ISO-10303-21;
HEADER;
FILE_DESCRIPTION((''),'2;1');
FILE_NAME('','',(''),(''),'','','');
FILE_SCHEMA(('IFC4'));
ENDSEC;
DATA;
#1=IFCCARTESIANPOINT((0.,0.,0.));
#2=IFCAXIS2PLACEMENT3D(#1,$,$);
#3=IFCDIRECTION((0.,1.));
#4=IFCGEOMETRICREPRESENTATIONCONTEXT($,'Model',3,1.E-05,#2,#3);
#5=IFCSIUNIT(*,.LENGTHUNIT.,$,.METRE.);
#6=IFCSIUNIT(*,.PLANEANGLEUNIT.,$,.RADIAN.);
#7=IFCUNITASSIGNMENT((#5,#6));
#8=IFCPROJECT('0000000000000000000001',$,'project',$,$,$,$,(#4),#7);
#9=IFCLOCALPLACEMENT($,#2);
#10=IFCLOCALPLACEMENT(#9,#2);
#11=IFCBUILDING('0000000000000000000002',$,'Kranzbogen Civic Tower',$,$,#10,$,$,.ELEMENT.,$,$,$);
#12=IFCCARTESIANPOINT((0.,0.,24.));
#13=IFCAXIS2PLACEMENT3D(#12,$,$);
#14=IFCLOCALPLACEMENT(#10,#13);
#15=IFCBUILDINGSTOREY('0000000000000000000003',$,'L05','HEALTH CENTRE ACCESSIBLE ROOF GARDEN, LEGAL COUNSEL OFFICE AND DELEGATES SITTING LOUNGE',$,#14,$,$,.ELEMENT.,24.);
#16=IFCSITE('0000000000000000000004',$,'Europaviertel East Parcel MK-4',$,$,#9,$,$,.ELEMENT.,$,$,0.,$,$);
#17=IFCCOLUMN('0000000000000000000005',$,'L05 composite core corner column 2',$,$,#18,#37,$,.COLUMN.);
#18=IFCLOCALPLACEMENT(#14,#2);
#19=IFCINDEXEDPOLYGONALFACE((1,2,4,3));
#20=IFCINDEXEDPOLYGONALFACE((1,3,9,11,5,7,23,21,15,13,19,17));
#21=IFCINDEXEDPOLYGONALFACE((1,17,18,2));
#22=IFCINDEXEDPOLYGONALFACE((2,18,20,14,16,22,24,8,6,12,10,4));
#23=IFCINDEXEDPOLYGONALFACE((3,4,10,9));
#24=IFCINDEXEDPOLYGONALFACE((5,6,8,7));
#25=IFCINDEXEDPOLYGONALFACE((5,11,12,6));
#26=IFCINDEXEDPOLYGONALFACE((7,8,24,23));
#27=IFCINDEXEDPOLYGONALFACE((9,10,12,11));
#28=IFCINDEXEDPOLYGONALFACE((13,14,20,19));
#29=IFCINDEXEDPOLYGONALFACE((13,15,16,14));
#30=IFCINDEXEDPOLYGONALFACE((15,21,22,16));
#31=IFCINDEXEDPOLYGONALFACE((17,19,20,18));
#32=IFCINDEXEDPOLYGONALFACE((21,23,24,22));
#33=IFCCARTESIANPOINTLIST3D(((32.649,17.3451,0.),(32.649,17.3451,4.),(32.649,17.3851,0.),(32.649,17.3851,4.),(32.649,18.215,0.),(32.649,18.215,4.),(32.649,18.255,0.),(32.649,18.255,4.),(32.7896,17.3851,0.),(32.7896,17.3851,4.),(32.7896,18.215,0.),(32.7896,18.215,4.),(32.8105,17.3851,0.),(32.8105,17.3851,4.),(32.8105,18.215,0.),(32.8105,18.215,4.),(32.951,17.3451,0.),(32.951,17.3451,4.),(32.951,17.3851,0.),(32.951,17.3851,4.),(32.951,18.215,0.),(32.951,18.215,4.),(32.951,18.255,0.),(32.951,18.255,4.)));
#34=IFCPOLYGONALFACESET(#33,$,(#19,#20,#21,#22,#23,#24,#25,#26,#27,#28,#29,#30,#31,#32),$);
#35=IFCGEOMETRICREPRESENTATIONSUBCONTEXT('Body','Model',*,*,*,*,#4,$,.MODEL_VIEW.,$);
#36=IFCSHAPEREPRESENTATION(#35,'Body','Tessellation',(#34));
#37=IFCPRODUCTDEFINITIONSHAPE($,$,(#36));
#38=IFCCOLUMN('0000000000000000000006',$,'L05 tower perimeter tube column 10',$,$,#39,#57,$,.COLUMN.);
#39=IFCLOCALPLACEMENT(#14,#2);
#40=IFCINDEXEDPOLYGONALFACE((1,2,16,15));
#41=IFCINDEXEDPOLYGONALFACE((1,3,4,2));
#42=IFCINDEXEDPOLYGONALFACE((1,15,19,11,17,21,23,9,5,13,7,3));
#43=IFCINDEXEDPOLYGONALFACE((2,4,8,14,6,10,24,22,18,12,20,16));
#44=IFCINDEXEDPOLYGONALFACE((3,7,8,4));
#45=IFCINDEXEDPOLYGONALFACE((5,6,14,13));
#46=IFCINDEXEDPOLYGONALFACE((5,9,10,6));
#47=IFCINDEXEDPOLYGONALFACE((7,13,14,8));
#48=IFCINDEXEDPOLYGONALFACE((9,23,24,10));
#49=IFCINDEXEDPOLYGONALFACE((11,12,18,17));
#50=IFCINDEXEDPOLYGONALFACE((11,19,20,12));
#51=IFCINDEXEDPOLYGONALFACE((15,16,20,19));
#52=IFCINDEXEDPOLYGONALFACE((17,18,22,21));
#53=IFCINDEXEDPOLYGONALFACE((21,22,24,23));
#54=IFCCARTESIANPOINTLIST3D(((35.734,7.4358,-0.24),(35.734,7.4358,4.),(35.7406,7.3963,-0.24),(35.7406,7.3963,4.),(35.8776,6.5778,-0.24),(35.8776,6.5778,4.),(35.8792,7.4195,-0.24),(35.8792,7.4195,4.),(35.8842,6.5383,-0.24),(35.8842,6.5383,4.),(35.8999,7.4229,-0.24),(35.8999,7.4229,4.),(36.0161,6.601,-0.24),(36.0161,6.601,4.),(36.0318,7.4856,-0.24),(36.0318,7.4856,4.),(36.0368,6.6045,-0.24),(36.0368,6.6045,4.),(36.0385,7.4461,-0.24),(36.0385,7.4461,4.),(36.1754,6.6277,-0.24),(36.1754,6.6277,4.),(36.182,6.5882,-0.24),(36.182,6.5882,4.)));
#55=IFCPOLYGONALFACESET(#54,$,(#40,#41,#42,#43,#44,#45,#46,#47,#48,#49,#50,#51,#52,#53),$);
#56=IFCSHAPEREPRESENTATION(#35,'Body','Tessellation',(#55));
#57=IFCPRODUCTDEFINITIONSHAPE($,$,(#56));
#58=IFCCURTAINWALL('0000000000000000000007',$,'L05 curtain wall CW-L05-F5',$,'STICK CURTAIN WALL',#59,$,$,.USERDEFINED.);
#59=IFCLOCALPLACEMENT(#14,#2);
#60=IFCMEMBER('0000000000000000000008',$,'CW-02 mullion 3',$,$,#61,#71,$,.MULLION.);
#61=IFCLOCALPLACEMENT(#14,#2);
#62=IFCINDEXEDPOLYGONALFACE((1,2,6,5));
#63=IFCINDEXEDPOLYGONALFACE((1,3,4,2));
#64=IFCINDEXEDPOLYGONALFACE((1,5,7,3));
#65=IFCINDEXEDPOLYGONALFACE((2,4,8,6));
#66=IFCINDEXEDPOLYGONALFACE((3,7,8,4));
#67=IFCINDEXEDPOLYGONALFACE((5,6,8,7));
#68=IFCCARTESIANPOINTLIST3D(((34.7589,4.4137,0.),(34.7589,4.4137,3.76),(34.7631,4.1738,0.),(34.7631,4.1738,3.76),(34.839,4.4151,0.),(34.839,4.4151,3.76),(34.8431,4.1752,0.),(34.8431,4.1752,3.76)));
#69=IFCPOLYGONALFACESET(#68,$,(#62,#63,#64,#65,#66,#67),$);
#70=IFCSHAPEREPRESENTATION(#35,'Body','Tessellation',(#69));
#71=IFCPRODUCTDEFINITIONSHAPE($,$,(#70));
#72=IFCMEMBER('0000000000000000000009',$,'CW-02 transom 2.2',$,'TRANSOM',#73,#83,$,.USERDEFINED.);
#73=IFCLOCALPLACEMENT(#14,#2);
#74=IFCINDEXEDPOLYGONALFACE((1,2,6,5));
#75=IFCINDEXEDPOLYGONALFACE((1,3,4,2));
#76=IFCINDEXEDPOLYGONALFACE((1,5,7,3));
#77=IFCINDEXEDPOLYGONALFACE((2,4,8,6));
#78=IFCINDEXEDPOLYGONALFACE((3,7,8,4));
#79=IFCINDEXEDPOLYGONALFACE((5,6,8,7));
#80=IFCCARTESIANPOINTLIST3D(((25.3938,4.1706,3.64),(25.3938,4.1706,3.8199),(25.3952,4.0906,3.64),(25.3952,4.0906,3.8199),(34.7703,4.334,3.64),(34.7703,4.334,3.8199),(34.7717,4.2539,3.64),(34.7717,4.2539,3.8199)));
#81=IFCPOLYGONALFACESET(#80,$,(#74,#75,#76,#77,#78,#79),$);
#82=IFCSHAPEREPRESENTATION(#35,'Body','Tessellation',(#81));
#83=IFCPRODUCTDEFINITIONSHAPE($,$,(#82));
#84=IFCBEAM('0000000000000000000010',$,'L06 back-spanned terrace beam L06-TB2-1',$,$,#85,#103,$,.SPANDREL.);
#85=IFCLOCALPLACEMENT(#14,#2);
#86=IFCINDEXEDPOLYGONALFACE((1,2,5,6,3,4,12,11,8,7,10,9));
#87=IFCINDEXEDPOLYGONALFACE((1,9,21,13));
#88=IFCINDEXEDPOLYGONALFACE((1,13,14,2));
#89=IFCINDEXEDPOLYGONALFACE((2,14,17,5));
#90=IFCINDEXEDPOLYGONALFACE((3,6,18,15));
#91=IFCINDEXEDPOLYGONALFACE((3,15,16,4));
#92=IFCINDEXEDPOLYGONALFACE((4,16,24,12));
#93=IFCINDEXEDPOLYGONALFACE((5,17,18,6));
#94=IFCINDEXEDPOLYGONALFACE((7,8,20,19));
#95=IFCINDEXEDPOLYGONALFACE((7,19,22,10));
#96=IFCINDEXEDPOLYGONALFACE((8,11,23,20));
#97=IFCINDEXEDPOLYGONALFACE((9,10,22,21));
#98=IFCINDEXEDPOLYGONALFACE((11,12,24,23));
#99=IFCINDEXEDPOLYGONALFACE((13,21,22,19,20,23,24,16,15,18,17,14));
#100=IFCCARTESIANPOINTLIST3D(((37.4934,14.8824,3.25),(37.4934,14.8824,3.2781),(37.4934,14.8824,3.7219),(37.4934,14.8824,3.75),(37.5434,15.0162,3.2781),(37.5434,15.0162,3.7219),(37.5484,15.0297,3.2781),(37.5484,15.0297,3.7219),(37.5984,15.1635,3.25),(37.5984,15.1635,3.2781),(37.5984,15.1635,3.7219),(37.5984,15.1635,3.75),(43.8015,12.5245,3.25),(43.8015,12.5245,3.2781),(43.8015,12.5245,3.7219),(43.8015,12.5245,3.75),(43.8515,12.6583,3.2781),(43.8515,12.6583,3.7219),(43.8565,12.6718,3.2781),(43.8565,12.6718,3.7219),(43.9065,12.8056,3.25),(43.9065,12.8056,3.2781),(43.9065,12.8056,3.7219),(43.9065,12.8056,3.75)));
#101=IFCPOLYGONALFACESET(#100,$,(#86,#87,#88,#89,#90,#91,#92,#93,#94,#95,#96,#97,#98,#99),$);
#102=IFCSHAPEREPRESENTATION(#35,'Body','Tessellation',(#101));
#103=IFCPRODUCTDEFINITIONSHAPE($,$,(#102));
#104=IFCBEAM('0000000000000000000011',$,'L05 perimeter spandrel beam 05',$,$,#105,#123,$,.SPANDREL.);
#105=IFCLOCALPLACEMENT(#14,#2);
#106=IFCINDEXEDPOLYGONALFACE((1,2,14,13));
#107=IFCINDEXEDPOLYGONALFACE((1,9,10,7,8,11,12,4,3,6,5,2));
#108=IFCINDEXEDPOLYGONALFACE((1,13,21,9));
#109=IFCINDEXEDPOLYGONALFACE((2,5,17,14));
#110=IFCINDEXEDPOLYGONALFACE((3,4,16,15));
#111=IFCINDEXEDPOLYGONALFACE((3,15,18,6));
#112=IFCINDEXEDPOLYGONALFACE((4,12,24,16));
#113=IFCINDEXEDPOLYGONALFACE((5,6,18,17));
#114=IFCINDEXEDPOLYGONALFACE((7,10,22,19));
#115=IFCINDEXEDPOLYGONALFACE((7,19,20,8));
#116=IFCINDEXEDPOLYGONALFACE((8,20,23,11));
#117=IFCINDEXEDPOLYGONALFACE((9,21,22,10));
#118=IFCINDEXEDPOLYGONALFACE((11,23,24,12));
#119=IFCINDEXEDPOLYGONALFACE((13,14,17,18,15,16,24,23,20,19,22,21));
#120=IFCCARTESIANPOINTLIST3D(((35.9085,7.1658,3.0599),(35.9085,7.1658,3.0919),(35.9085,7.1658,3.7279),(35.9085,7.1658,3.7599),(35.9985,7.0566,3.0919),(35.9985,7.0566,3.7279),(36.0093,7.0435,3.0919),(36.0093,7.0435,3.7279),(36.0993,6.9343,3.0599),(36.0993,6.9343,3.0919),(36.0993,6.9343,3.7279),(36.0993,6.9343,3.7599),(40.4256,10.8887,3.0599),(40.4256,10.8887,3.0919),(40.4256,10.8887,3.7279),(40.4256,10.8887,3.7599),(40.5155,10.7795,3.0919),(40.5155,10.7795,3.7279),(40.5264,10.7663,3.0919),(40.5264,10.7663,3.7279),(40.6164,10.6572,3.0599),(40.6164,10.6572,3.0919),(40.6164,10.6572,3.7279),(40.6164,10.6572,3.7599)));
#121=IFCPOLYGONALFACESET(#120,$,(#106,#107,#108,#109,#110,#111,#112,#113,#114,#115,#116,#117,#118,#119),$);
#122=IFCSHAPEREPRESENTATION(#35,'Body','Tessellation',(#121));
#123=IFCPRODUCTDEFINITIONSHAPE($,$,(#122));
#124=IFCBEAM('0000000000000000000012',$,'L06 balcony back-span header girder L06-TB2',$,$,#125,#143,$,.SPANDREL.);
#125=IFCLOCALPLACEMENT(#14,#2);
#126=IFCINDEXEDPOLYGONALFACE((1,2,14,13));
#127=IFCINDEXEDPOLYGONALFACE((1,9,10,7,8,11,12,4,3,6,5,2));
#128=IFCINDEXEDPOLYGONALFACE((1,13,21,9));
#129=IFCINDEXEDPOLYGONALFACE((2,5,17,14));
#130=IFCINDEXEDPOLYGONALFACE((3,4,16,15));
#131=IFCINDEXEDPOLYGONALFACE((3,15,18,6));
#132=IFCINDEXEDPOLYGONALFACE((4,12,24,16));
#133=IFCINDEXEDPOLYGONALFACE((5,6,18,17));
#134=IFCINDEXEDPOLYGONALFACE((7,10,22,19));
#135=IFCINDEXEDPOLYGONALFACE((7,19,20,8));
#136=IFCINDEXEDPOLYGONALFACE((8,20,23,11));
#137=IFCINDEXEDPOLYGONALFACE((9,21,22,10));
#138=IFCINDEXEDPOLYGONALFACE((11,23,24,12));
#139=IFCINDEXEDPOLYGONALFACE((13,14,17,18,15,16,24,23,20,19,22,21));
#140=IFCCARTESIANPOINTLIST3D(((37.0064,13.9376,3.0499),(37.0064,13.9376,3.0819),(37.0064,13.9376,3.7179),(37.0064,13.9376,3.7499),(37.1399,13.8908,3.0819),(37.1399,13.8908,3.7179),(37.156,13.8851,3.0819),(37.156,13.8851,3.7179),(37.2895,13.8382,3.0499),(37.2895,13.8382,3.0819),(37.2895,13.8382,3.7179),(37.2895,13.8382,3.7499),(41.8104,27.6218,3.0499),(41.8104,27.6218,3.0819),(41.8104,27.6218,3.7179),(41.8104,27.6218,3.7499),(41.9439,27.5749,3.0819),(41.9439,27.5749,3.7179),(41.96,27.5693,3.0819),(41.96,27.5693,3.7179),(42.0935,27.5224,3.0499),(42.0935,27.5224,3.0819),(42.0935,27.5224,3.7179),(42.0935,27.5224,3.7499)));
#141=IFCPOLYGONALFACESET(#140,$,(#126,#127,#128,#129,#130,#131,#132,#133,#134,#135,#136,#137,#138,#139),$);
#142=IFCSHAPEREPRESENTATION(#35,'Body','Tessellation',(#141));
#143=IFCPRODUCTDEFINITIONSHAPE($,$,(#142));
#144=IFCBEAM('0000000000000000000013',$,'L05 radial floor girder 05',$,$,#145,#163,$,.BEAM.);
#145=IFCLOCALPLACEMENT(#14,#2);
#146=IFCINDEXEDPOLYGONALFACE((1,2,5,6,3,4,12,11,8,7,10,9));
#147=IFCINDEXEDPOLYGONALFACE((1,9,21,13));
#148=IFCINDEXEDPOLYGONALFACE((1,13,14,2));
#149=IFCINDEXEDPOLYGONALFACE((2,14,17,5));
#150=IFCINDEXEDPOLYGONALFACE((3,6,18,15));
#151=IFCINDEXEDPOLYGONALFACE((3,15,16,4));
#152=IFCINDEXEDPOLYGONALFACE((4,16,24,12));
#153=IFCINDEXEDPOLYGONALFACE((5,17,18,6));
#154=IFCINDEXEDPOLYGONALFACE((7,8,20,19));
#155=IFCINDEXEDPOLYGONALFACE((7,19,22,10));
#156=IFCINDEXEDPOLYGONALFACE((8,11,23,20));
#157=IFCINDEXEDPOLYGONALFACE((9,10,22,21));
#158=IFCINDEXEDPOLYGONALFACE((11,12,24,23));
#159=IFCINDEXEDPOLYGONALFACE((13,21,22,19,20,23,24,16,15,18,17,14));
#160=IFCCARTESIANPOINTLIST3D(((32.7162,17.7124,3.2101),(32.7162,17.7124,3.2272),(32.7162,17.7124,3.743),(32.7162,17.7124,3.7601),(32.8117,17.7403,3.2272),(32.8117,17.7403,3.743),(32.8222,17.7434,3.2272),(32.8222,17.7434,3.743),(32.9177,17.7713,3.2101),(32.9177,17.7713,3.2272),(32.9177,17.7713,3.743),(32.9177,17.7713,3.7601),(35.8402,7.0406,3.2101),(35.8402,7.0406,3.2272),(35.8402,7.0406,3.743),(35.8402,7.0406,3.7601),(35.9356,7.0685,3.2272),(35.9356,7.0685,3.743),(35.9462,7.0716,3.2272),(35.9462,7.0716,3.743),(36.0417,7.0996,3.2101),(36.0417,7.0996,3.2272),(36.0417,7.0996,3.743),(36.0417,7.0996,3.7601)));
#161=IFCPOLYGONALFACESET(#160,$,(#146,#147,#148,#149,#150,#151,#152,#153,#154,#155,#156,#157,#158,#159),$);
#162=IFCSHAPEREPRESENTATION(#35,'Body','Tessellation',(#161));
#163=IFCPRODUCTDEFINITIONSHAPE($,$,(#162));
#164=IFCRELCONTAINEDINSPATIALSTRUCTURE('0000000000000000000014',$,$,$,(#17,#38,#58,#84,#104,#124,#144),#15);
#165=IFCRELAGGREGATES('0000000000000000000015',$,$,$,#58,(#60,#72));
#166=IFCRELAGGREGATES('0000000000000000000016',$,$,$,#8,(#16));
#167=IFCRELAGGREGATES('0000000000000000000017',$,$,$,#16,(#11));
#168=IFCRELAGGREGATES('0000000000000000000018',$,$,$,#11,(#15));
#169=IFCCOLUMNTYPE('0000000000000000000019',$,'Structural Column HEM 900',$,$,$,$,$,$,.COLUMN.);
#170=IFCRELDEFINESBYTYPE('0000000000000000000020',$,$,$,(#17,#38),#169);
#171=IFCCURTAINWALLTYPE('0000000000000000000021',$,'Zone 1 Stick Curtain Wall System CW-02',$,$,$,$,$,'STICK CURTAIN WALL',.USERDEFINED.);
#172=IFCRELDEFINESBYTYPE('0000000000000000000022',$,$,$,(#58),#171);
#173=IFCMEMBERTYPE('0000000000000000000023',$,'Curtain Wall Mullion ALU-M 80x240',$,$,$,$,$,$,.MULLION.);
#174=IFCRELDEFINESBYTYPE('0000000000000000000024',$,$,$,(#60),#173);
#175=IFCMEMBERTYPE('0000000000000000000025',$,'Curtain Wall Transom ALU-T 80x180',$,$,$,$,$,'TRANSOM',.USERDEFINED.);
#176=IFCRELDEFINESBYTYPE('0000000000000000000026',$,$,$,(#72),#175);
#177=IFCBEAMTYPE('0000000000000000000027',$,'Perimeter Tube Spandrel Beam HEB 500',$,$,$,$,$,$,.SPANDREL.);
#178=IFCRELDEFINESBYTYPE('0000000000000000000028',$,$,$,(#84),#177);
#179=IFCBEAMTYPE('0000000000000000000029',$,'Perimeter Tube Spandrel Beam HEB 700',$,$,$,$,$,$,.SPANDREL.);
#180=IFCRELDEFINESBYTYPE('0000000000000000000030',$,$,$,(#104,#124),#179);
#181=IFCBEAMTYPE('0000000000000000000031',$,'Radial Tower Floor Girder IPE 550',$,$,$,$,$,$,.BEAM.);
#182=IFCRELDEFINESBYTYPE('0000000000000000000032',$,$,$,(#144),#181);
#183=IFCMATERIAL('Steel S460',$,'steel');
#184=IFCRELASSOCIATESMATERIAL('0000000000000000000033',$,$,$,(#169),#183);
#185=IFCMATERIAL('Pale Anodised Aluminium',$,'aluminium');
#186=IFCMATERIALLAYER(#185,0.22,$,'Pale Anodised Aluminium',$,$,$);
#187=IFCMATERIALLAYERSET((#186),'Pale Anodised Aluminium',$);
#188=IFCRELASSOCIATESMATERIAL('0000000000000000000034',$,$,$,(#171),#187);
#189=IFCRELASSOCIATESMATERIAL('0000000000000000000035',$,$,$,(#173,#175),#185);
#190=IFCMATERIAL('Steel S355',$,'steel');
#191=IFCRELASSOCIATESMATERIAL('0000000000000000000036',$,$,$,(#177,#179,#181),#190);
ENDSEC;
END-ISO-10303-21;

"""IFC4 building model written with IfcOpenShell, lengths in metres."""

from ifc_helpers import new_model, si_unit, direction, frame, origin, origin_2d, place, context, subcontext, project, spatial, rectangle, i_section, extrude, material, layer, layer_set, material_profile, profile_set, type_object, element, aggregate, save


model = new_model("IFC4")

# Units and contexts
model_context = context("Model", 3, precision=1e-05, world=origin(), true_north=direction((0.0, 1.0)))
body_context = subcontext(model_context, "Body", "Model", "MODEL_VIEW")
ifc_project = project(units=[si_unit("LENGTHUNIT", "METRE"), si_unit("PLANEANGLEUNIT", "RADIAN")], contexts=[model_context])

# Site, building, storey
site_placement = place(None, origin())
site = spatial("IfcSite", under=ifc_project, at=site_placement, Name="Europaviertel East Parcel MK-4", CompositionType="ELEMENT", RefElevation=0.0)
building_placement = place(site_placement, origin())
building = spatial("IfcBuilding", under=site, at=building_placement, Name="Kranzbogen Civic Tower", CompositionType="ELEMENT")
storey_placement = place(building_placement, frame((0.0, 0.0, 24.0)))
storey = spatial("IfcBuildingStorey", under=building, at=storey_placement, Name="L05", Description="HEALTH CENTRE ACCESSIBLE ROOF GARDEN, LEGAL COUNSEL OFFICE AND DELEGATES SITTING LOUNGE", CompositionType="ELEMENT", Elevation=24.0)

# Columns
ifc_material_1 = material(Name="Steel S460", Category="steel")
ifc_material_profile_1 = material_profile(ifc_material_1, i_section(OverallWidth=0.302, OverallDepth=0.9099, WebThickness=0.021, FlangeThickness=0.04, at=origin_2d()), Name="HEM 900")
ifc_profile_set_1 = profile_set([ifc_material_profile_1], Name="Steel S460")
column_type = type_object("IfcColumnType", Name="Structural Column HEM 900", PredefinedType="COLUMN", material=ifc_profile_set_1)
column_1_placement = place(storey_placement, frame((32.8, 17.8, 0.0), z_axis=(0.0, 0.0, 1.0), x_axis=(1.0, 0.0, 0.0)))
element("IfcColumn", 1, at=column_1_placement, inside=storey, type_object=column_type, Name="L05 composite core corner column 2", PredefinedType="COLUMN", context=body_context, shape_type="SweptSolid", body=[
    extrude(i_section(OverallWidth=0.302, OverallDepth=0.9099, WebThickness=0.021, FlangeThickness=0.04, at=origin_2d()), origin(), (0.0, 0.0, 1.0), 4.0),
])
column_2_placement = place(storey_placement, frame((35.958, 7.012, -0.24), z_axis=(0.0, 0.0, 1.0), x_axis=(0.986286, 0.165048, 0.0)))
element("IfcColumn", 2, at=column_2_placement, inside=storey, type_object=column_type, Name="L05 tower perimeter tube column 10", PredefinedType="COLUMN", context=body_context, shape_type="SweptSolid", body=[
    extrude(i_section(OverallWidth=0.302, OverallDepth=0.9099, WebThickness=0.021, FlangeThickness=0.04, at=origin_2d()), origin(), (0.0, 0.0, 1.0), 4.24),
])

# Curtain wall, members
ifc_material_2 = material(Name="Pale Anodised Aluminium", Category="aluminium")
ifc_layer_1 = layer(ifc_material_2, 0.22, Name="Pale Anodised Aluminium")
ifc_layer_set_1 = layer_set([ifc_layer_1], Name="Pale Anodised Aluminium")
curtain_wall_type = type_object("IfcCurtainWallType", Name="Zone 1 Stick Curtain Wall System CW-02", ElementType="STICK CURTAIN WALL", PredefinedType="USERDEFINED", material=ifc_layer_set_1)
curtain_wall_placement = place(storey_placement, origin())
curtain_wall = element("IfcCurtainWall", 3, at=curtain_wall_placement, inside=storey, type_object=curtain_wall_type, Name="L05 curtain wall CW-L05-F5", ObjectType="STICK CURTAIN WALL", PredefinedType="USERDEFINED")
ifc_material_profile_2 = material_profile(ifc_material_2, rectangle(XDim=0.0801, YDim=0.24, at=origin_2d()), Name="ALU-M 80x240")
ifc_profile_set_2 = profile_set([ifc_material_profile_2], Name="Pale Anodised Aluminium")
member_type_1 = type_object("IfcMemberType", Name="Curtain Wall Mullion ALU-M 80x240", PredefinedType="MULLION", material=ifc_profile_set_2)
member_1_placement = place(storey_placement, frame((34.801, 4.2944, 0.0), z_axis=(0.0, 0.0, 1.0), x_axis=(0.999848, 0.017427, 0.0)))
member_1 = element("IfcMember", 4, at=member_1_placement, type_object=member_type_1, Name="CW-02 mullion 3", PredefinedType="MULLION", context=body_context, shape_type="SweptSolid", body=[
    extrude(rectangle(XDim=0.0801, YDim=0.24, at=origin_2d()), origin(), (0.0, 0.0, 1.0), 3.76),
])
ifc_material_profile_3 = material_profile(ifc_material_2, rectangle(XDim=0.0801, YDim=0.1799, at=origin_2d()), Name="ALU-T 80x180")
ifc_profile_set_3 = profile_set([ifc_material_profile_3], Name="Pale Anodised Aluminium")
member_type_2 = type_object("IfcMemberType", Name="Curtain Wall Transom ALU-T 80x180", ElementType="TRANSOM", PredefinedType="USERDEFINED", material=ifc_profile_set_3)
member_2_placement = place(storey_placement, frame((25.3945, 4.1306, 3.73), z_axis=(0.999848, 0.017417, 0.0), x_axis=(-0.017417, 0.999848, 0.0)))
member_2 = element("IfcMember", 5, at=member_2_placement, type_object=member_type_2, Name="CW-02 transom 2.2", ObjectType="TRANSOM", PredefinedType="USERDEFINED", context=body_context, shape_type="SweptSolid", body=[
    extrude(rectangle(XDim=0.0801, YDim=0.1799, at=origin_2d()), origin(), (0.0, 0.0, 1.0), 9.3779),
])

# Beams
ifc_material_3 = material(Name="Steel S355", Category="steel")
ifc_material_profile_4 = material_profile(ifc_material_3, i_section(OverallWidth=0.3, OverallDepth=0.5, WebThickness=0.0144, FlangeThickness=0.0281, at=origin_2d()), Name="HEB 500")
ifc_profile_set_4 = profile_set([ifc_material_profile_4], Name="Steel S355")
beam_type_1 = type_object("IfcBeamType", Name="Perimeter Tube Spandrel Beam HEB 500", PredefinedType="SPANDREL", material=ifc_profile_set_4)
beam_1_placement = place(storey_placement, frame((37.5459, 15.0229, 3.5), z_axis=(0.936701, -0.35013, 0.0), x_axis=(0.35013, 0.936701, 0.0)))
element("IfcBeam", 6, at=beam_1_placement, inside=storey, type_object=beam_type_1, Name="L06 back-spanned terrace beam L06-TB2-1", PredefinedType="SPANDREL", context=body_context, shape_type="SweptSolid", body=[
    extrude(i_section(OverallWidth=0.3, OverallDepth=0.5, WebThickness=0.0144, FlangeThickness=0.0281, at=origin_2d()), origin(), (0.0, 0.0, 1.0), 6.7344),
])
ifc_material_profile_5 = material_profile(ifc_material_3, i_section(OverallWidth=0.3, OverallDepth=0.7, WebThickness=0.0171, FlangeThickness=0.032, at=origin_2d()), Name="HEB 700")
ifc_profile_set_5 = profile_set([ifc_material_profile_5], Name="Steel S355")
beam_type_2 = type_object("IfcBeamType", Name="Perimeter Tube Spandrel Beam HEB 700", PredefinedType="SPANDREL", material=ifc_profile_set_5)
beam_2_placement = place(storey_placement, frame((36.0039, 7.05, 3.4099), z_axis=(0.771683, 0.636007, 0.0), x_axis=(-0.636007, 0.771683, 0.0)))
element("IfcBeam", 7, at=beam_2_placement, inside=storey, type_object=beam_type_2, Name="L05 perimeter spandrel beam 05", PredefinedType="SPANDREL", context=body_context, shape_type="SweptSolid", body=[
    extrude(i_section(OverallWidth=0.3, OverallDepth=0.7, WebThickness=0.0171, FlangeThickness=0.032, at=origin_2d()), origin(), (0.0, 0.0, 1.0), 5.8535),
])
beam_3_placement = place(storey_placement, frame((37.1479, 13.8879, 3.3999), z_axis=(0.331243, 0.943546, 0.0), x_axis=(-0.943546, 0.331243, 0.0)))
element("IfcBeam", 8, at=beam_3_placement, inside=storey, type_object=beam_type_2, Name="L06 balcony back-span header girder L06-TB2", PredefinedType="SPANDREL", context=body_context, shape_type="SweptSolid", body=[
    extrude(i_section(OverallWidth=0.3, OverallDepth=0.7, WebThickness=0.0171, FlangeThickness=0.032, at=origin_2d()), origin(), (0.0, 0.0, 1.0), 14.5029),
])
ifc_material_profile_6 = material_profile(ifc_material_3, i_section(OverallWidth=0.21, OverallDepth=0.55, WebThickness=0.011, FlangeThickness=0.0171, at=origin_2d()), Name="IPE 550")
ifc_profile_set_6 = profile_set([ifc_material_profile_6], Name="Steel S355")
beam_type_3 = type_object("IfcBeamType", Name="Radial Tower Floor Girder IPE 550", PredefinedType="BEAM", material=ifc_profile_set_6)
beam_4_placement = place(storey_placement, frame((35.9409, 7.0701, 3.4851), z_axis=(-0.280944, 0.959724, 0.0), x_axis=(-0.959724, -0.280944, 0.0)))
element("IfcBeam", 9, at=beam_4_placement, inside=storey, type_object=beam_type_3, Name="L05 radial floor girder 05", PredefinedType="BEAM", context=body_context, shape_type="SweptSolid", body=[
    extrude(i_section(OverallWidth=0.21, OverallDepth=0.55, WebThickness=0.011, FlangeThickness=0.0171, at=origin_2d()), origin(), (0.0, 0.0, 1.0), 11.1196),
])

aggregate(curtain_wall, [member_1, member_2])

save(model, "model.ifc")
